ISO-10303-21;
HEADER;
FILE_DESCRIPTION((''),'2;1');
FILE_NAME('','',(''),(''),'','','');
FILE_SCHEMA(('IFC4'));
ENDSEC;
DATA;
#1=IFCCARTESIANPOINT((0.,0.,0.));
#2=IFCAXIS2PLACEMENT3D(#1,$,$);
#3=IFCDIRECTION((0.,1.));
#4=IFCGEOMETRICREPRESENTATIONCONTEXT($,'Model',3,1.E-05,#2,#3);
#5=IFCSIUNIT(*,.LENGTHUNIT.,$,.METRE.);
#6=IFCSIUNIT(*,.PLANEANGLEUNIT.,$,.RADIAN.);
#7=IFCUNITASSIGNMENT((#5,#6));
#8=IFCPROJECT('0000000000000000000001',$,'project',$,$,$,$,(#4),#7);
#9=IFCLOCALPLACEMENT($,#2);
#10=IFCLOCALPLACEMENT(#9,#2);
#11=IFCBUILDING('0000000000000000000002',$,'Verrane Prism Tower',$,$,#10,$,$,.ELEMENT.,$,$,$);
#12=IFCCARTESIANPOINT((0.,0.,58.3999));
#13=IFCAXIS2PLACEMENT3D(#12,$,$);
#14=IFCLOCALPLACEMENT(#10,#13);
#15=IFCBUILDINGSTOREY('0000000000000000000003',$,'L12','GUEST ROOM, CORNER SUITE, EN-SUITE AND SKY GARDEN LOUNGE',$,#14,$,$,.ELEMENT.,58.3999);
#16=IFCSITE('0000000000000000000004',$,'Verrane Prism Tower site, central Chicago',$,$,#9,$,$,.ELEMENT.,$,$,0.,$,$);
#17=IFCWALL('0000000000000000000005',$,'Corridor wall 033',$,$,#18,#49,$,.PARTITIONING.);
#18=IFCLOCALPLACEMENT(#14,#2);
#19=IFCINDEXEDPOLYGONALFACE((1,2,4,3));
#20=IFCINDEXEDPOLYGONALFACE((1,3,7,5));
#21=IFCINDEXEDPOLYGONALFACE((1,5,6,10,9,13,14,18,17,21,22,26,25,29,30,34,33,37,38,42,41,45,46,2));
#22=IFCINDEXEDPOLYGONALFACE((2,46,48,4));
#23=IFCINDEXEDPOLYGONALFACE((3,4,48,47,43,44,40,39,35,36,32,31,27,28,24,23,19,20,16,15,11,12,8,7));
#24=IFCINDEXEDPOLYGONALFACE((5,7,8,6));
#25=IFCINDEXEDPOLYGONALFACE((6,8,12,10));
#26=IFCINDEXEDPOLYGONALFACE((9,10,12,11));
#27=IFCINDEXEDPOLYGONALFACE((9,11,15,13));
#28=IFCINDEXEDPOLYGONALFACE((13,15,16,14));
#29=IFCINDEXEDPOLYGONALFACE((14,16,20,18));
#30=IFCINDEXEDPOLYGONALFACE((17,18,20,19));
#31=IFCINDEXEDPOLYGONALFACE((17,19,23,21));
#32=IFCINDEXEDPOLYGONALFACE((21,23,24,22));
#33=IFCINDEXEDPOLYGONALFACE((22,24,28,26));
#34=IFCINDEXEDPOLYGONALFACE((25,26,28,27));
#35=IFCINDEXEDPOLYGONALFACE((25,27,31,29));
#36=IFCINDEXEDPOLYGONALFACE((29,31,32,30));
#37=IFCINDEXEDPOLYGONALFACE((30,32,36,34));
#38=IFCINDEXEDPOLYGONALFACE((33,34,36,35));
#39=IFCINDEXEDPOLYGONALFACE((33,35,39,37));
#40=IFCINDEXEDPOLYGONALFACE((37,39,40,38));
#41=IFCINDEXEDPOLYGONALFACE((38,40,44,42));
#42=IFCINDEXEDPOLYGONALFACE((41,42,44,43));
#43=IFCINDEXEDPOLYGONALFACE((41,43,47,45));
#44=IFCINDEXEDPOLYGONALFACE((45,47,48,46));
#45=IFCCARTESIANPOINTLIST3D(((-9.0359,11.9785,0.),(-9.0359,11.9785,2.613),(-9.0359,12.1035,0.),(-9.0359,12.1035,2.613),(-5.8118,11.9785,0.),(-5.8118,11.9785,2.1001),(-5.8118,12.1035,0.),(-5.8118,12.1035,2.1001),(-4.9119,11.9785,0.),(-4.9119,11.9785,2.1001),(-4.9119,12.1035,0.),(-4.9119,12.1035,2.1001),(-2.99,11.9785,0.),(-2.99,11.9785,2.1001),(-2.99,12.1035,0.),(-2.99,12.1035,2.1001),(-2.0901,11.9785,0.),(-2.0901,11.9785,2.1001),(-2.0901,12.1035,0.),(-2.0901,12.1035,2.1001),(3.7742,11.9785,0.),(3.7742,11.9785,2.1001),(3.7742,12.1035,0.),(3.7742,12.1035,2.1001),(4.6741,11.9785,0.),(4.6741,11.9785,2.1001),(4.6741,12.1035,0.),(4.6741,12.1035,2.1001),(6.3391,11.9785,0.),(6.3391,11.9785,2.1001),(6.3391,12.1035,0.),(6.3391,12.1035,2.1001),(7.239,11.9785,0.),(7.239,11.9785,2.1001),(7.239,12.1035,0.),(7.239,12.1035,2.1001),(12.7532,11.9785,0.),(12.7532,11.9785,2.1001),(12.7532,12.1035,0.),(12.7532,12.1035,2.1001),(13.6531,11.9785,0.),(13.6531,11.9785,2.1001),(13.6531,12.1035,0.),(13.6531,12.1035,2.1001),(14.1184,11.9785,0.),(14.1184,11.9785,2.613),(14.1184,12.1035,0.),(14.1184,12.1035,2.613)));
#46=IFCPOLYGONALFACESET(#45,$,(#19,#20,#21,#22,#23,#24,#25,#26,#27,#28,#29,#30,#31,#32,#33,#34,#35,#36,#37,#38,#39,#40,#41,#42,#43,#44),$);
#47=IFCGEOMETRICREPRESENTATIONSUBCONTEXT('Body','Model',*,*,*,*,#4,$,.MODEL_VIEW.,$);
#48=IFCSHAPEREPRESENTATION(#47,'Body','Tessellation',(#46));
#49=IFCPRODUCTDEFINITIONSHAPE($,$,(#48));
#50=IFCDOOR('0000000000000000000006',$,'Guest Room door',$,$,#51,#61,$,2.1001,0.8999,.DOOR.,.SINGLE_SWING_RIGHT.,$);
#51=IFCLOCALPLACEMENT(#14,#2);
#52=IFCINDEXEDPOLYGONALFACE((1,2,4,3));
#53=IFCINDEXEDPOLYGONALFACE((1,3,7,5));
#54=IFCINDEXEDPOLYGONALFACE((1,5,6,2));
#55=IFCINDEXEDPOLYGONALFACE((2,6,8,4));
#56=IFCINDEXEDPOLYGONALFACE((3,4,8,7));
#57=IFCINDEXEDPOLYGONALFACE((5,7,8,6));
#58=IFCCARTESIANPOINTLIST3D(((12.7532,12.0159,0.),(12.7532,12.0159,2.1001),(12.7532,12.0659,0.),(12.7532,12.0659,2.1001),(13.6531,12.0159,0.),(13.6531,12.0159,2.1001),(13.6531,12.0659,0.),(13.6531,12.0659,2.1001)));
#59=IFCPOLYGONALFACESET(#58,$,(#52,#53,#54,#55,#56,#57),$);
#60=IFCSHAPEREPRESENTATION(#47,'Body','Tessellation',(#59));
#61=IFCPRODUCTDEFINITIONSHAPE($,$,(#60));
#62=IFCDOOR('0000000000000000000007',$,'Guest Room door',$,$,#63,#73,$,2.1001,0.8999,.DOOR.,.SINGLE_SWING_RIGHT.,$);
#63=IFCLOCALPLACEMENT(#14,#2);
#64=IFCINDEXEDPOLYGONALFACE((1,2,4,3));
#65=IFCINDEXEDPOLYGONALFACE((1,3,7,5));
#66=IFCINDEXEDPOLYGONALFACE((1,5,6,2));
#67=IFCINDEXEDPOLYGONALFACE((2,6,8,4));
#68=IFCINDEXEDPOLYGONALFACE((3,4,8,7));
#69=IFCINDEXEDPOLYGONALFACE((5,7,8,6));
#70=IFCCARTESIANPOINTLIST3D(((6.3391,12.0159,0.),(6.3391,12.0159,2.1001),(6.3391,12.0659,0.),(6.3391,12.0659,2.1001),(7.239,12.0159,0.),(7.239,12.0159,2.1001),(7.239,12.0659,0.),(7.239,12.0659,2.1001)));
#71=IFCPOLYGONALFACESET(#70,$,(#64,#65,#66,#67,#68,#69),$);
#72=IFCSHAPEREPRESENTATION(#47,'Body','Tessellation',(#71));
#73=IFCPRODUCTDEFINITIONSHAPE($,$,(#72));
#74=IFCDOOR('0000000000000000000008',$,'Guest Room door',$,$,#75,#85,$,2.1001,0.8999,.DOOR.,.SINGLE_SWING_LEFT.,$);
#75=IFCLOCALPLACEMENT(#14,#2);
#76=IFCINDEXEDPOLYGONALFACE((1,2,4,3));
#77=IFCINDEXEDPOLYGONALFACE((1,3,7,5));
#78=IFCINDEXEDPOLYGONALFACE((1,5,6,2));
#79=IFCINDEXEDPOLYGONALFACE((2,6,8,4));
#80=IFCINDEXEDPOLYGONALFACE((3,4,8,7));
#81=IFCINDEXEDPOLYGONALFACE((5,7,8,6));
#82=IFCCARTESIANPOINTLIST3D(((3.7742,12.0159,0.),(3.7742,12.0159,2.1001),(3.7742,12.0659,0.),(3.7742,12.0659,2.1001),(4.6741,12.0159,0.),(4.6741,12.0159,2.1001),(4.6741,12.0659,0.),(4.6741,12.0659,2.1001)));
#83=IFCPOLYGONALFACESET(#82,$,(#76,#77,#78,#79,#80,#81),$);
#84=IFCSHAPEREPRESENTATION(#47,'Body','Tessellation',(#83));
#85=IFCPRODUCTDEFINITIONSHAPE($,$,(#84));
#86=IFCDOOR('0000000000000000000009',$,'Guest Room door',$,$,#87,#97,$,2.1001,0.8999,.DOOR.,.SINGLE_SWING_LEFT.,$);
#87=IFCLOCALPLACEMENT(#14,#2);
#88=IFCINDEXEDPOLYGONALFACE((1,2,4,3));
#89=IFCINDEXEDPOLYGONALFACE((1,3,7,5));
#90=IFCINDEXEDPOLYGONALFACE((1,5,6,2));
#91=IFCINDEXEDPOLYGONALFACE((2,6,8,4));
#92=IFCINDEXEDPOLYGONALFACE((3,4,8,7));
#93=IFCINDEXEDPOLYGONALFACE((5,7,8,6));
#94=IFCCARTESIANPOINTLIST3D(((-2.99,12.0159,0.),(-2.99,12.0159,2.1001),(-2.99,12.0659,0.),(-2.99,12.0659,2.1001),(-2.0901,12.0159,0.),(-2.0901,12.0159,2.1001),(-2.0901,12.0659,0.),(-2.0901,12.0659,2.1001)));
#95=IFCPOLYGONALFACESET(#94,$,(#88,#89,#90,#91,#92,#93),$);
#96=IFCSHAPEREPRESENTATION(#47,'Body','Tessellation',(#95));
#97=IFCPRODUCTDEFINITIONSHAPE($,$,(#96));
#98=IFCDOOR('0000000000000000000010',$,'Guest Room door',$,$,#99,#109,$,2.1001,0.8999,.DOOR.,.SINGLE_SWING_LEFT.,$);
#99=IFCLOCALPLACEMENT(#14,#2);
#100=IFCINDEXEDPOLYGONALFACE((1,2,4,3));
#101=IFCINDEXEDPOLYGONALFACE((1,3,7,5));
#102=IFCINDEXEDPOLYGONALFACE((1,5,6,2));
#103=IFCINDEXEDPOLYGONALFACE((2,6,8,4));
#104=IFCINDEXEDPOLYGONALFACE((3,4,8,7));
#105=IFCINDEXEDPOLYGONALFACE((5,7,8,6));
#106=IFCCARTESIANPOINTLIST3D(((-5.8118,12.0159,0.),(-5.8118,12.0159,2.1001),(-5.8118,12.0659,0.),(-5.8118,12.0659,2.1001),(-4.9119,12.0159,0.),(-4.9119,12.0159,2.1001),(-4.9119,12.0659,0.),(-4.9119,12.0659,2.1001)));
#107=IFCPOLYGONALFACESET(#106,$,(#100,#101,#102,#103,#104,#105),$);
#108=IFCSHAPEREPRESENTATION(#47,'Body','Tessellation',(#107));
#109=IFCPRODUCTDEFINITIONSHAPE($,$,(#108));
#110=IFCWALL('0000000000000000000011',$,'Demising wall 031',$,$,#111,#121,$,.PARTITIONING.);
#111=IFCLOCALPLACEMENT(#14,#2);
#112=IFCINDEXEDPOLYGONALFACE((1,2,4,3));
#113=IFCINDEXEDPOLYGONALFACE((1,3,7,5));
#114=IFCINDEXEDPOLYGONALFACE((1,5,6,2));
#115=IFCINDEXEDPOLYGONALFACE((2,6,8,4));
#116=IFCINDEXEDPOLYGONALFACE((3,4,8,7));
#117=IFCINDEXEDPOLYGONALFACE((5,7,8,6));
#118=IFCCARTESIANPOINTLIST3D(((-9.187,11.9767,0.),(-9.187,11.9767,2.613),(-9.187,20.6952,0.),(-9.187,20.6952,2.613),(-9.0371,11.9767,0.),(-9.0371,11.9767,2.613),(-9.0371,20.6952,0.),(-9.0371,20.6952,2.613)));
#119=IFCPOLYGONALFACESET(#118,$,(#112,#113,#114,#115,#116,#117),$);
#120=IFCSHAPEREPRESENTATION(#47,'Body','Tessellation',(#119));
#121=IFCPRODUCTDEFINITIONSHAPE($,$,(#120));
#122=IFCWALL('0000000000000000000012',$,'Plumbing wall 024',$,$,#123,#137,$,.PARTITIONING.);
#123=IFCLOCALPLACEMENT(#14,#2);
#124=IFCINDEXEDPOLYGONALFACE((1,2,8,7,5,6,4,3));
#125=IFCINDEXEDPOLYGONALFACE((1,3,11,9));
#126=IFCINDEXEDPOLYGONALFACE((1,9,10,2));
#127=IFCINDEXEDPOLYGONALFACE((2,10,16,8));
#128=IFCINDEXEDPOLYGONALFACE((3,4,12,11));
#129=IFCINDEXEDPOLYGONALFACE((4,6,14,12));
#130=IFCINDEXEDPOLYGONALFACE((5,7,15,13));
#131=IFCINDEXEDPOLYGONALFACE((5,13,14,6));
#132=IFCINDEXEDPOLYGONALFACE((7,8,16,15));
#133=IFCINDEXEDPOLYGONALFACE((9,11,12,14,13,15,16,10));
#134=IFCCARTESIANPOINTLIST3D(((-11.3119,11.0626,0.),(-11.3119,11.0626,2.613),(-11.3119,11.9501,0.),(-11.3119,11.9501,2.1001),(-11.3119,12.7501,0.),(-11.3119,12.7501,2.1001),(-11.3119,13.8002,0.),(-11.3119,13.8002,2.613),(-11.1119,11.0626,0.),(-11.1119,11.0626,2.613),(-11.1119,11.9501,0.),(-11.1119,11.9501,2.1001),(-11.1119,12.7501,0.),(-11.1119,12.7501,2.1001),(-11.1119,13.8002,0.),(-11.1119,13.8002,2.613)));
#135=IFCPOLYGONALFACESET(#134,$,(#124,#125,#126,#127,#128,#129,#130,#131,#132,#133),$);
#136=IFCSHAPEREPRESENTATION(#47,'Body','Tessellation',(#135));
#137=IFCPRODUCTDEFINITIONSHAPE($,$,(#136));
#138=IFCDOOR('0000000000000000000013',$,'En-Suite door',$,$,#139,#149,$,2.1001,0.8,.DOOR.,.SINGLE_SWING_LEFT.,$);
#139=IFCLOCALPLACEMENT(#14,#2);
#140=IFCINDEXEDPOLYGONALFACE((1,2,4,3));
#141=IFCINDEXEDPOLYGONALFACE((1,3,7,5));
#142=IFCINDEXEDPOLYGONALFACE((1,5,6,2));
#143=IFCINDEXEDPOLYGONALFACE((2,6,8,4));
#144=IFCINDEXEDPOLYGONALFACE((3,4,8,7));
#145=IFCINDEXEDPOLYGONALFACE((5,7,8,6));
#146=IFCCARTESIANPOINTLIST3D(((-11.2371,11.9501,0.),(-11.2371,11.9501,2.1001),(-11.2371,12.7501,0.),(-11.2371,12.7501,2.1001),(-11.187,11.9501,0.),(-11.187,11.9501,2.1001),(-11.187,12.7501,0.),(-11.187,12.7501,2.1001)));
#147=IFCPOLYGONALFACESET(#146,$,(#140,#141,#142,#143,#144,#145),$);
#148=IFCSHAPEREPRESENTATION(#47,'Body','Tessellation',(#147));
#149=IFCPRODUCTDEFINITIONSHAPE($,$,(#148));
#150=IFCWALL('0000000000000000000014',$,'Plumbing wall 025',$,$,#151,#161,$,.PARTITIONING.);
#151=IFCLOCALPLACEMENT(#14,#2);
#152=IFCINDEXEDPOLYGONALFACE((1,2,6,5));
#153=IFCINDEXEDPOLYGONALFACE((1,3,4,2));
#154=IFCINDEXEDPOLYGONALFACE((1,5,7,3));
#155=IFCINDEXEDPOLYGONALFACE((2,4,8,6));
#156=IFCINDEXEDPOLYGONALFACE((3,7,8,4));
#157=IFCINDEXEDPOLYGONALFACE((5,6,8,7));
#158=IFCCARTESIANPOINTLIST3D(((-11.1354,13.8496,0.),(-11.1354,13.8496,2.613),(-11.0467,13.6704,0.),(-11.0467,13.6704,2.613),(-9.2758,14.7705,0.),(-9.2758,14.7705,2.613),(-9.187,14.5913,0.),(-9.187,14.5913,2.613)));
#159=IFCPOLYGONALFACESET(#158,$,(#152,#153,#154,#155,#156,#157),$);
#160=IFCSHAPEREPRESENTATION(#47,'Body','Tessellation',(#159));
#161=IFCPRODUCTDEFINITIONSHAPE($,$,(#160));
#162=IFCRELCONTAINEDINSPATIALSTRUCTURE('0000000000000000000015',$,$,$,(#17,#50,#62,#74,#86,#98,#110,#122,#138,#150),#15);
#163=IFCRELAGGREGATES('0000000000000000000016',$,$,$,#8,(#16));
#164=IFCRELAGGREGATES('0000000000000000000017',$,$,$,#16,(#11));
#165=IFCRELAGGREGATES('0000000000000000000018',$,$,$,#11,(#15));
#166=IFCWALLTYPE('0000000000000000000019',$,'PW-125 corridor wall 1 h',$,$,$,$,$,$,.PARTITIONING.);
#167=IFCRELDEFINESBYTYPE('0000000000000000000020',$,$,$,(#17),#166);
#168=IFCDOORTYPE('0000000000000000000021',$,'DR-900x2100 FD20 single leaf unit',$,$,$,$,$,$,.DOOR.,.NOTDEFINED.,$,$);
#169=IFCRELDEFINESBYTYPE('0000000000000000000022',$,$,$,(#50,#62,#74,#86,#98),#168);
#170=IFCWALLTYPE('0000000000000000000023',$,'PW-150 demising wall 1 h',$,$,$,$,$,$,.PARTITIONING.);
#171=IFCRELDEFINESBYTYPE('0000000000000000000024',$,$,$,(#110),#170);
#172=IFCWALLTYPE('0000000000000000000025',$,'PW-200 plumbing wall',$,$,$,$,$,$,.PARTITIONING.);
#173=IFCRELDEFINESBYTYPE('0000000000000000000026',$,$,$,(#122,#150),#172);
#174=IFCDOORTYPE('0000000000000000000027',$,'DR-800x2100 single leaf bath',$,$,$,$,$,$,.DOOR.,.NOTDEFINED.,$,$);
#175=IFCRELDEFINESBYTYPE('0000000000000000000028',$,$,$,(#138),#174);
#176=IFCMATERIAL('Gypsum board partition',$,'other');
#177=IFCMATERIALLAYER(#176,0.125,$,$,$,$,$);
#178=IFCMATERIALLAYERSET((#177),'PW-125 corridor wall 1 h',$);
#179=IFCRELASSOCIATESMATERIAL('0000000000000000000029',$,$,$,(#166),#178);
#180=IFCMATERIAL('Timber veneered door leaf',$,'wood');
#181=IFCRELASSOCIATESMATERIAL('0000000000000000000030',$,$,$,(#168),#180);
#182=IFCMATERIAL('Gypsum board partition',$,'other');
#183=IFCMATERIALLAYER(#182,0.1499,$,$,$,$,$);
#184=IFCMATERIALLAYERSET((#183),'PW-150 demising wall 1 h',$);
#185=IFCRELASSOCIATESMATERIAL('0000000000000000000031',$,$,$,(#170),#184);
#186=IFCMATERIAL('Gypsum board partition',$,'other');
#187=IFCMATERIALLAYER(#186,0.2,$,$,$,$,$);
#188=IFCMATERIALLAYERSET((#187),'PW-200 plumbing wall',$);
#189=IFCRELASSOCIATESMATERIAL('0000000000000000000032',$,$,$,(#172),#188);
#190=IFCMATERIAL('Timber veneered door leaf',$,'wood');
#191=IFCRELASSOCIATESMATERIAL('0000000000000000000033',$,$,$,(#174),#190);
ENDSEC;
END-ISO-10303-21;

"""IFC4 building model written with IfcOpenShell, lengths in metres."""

from ifc_helpers import new_model, si_unit, direction, frame, frame_2d, origin, place, context, subcontext, project, spatial, rectangle, extrude, material, layer, layer_set, type_object, element, fill, save


model = new_model("IFC4")

# Units and contexts
model_context = context("Model", 3, precision=1e-05, world=origin(), true_north=direction((0.0, 1.0)))
body_context = subcontext(model_context, "Body", "Model", "MODEL_VIEW")
ifc_project = project(units=[si_unit("LENGTHUNIT", "METRE"), si_unit("PLANEANGLEUNIT", "RADIAN")], contexts=[model_context])

# Site, building, storey
site_placement = place(None, origin())
site = spatial("IfcSite", under=ifc_project, at=site_placement, Name="Verrane Prism Tower site, central Chicago", CompositionType="ELEMENT", RefElevation=0.0)
building_placement = place(site_placement, origin())
building = spatial("IfcBuilding", under=site, at=building_placement, Name="Verrane Prism Tower", CompositionType="ELEMENT")
storey_placement = place(building_placement, frame((0.0, 0.0, 58.3999)))
storey = spatial("IfcBuildingStorey", under=building, at=storey_placement, Name="L12", Description="GUEST ROOM, CORNER SUITE, EN-SUITE AND SKY GARDEN LOUNGE", CompositionType="ELEMENT", Elevation=58.3999)

# Shared definitions
ifc_material_1 = material(Name="Gypsum board partition", Category="other")
ifc_layer_1 = layer(ifc_material_1, 0.125)
ifc_layer_set_1 = layer_set([ifc_layer_1], Name="PW-125 corridor wall 1 h")
wall_type_1 = type_object("IfcWallType", Name="PW-125 corridor wall 1 h", PredefinedType="PARTITIONING", material=ifc_layer_set_1)

# Wall, openings, doors
wall_1_placement = place(storey_placement, frame((-9.0359, 12.041, 0.0), z_axis=(0.0, 0.0, 1.0), x_axis=(1.0, 0.0, 0.0)))
wall_1 = element("IfcWall", 1, at=wall_1_placement, inside=storey, type_object=wall_type_1, Name="Corridor wall 033", PredefinedType="PARTITIONING", context=body_context, shape_type="SweptSolid", body=[
    extrude(rectangle(XDim=23.1543, YDim=0.125, at=frame_2d((11.5771, 0.0))), origin(), (0.0, 0.0, 1.0), 2.613),
])
opening_1_placement = place(wall_1_placement, frame((21.7891, 0.0, 0.0)))
opening_1 = element("IfcOpeningElement", 2, at=opening_1_placement, cuts=wall_1, PredefinedType="OPENING", context=body_context, shape_type="SweptSolid", body=[
    extrude(rectangle(XDim=0.8999, YDim=2.1001, at=frame_2d((0.45, 1.05))), frame((0.0, 0.0725, 0.0), z_axis=(0.0, -1.0, 0.0), x_axis=(1.0, 0.0, 0.0)), (0.0, 0.0, 1.0), 0.145),
])
opening_2_placement = place(wall_1_placement, frame((15.375, 0.0, 0.0)))
opening_2 = element("IfcOpeningElement", 3, at=opening_2_placement, cuts=wall_1, PredefinedType="OPENING", context=body_context, shape_type="SweptSolid", body=[
    extrude(rectangle(XDim=0.8999, YDim=2.1001, at=frame_2d((0.45, 1.05))), frame((0.0, 0.0725, 0.0), z_axis=(0.0, -1.0, 0.0), x_axis=(1.0, 0.0, 0.0)), (0.0, 0.0, 1.0), 0.145),
])
opening_3_placement = place(wall_1_placement, frame((12.8101, 0.0, 0.0)))
opening_3 = element("IfcOpeningElement", 4, at=opening_3_placement, cuts=wall_1, PredefinedType="OPENING", context=body_context, shape_type="SweptSolid", body=[
    extrude(rectangle(XDim=0.8999, YDim=2.1001, at=frame_2d((0.45, 1.05))), frame((0.0, 0.0725, 0.0), z_axis=(0.0, -1.0, 0.0), x_axis=(1.0, 0.0, 0.0)), (0.0, 0.0, 1.0), 0.145),
])
opening_4_placement = place(wall_1_placement, frame((6.0459, 0.0, 0.0)))
opening_4 = element("IfcOpeningElement", 5, at=opening_4_placement, cuts=wall_1, PredefinedType="OPENING", context=body_context, shape_type="SweptSolid", body=[
    extrude(rectangle(XDim=0.8999, YDim=2.1001, at=frame_2d((0.45, 1.05))), frame((0.0, 0.0725, 0.0), z_axis=(0.0, -1.0, 0.0), x_axis=(1.0, 0.0, 0.0)), (0.0, 0.0, 1.0), 0.145),
])
opening_5_placement = place(wall_1_placement, frame((3.2241, 0.0, 0.0)))
opening_5 = element("IfcOpeningElement", 6, at=opening_5_placement, cuts=wall_1, PredefinedType="OPENING", context=body_context, shape_type="SweptSolid", body=[
    extrude(rectangle(XDim=0.8999, YDim=2.1001, at=frame_2d((0.45, 1.05))), frame((0.0, 0.0725, 0.0), z_axis=(0.0, -1.0, 0.0), x_axis=(1.0, 0.0, 0.0)), (0.0, 0.0, 1.0), 0.145),
])
ifc_material_2 = material(Name="Timber veneered door leaf", Category="wood")
door_type_1 = type_object("IfcDoorType", Name="DR-900x2100 FD20 single leaf unit", OperationType="NOTDEFINED", PredefinedType="DOOR", material=ifc_material_2)
door_1_placement = place(opening_1_placement, origin())
door_1 = element("IfcDoor", 7, at=door_1_placement, inside=storey, type_object=door_type_1, Name="Guest Room door", OperationType="SINGLE_SWING_RIGHT", OverallHeight=2.1001, OverallWidth=0.8999, PredefinedType="DOOR", context=body_context, shape_type="SweptSolid", body=[
    extrude(rectangle(XDim=0.8999, YDim=2.1001, at=frame_2d((0.45, 1.05))), frame((0.0, 0.0249, 0.0), z_axis=(0.0, -1.0, 0.0), x_axis=(1.0, 0.0, 0.0)), (0.0, 0.0, 1.0), 0.05),
])
fill(opening_1, door_1)
door_2_placement = place(opening_2_placement, origin())
door_2 = element("IfcDoor", 8, at=door_2_placement, inside=storey, type_object=door_type_1, Name="Guest Room door", OperationType="SINGLE_SWING_RIGHT", OverallHeight=2.1001, OverallWidth=0.8999, PredefinedType="DOOR", context=body_context, shape_type="SweptSolid", body=[
    extrude(rectangle(XDim=0.8999, YDim=2.1001, at=frame_2d((0.45, 1.05))), frame((0.0, 0.0249, 0.0), z_axis=(0.0, -1.0, 0.0), x_axis=(1.0, 0.0, 0.0)), (0.0, 0.0, 1.0), 0.05),
])
fill(opening_2, door_2)
door_3_placement = place(opening_3_placement, origin())
door_3 = element("IfcDoor", 9, at=door_3_placement, inside=storey, type_object=door_type_1, Name="Guest Room door", OperationType="SINGLE_SWING_LEFT", OverallHeight=2.1001, OverallWidth=0.8999, PredefinedType="DOOR", context=body_context, shape_type="SweptSolid", body=[
    extrude(rectangle(XDim=0.8999, YDim=2.1001, at=frame_2d((0.45, 1.05))), frame((0.0, 0.0249, 0.0), z_axis=(0.0, -1.0, 0.0), x_axis=(1.0, 0.0, 0.0)), (0.0, 0.0, 1.0), 0.05),
])
fill(opening_3, door_3)
door_4_placement = place(opening_4_placement, origin())
door_4 = element("IfcDoor", 10, at=door_4_placement, inside=storey, type_object=door_type_1, Name="Guest Room door", OperationType="SINGLE_SWING_LEFT", OverallHeight=2.1001, OverallWidth=0.8999, PredefinedType="DOOR", context=body_context, shape_type="SweptSolid", body=[
    extrude(rectangle(XDim=0.8999, YDim=2.1001, at=frame_2d((0.45, 1.05))), frame((0.0, 0.0249, 0.0), z_axis=(0.0, -1.0, 0.0), x_axis=(1.0, 0.0, 0.0)), (0.0, 0.0, 1.0), 0.05),
])
fill(opening_4, door_4)
door_5_placement = place(opening_5_placement, origin())
door_5 = element("IfcDoor", 11, at=door_5_placement, inside=storey, type_object=door_type_1, Name="Guest Room door", OperationType="SINGLE_SWING_LEFT", OverallHeight=2.1001, OverallWidth=0.8999, PredefinedType="DOOR", context=body_context, shape_type="SweptSolid", body=[
    extrude(rectangle(XDim=0.8999, YDim=2.1001, at=frame_2d((0.45, 1.05))), frame((0.0, 0.0249, 0.0), z_axis=(0.0, -1.0, 0.0), x_axis=(1.0, 0.0, 0.0)), (0.0, 0.0, 1.0), 0.05),
])
fill(opening_5, door_5)

# Wall
ifc_material_3 = material(Name="Gypsum board partition", Category="other")
ifc_layer_2 = layer(ifc_material_3, 0.1499)
ifc_layer_set_2 = layer_set([ifc_layer_2], Name="PW-150 demising wall 1 h")
wall_type_2 = type_object("IfcWallType", Name="PW-150 demising wall 1 h", PredefinedType="PARTITIONING", material=ifc_layer_set_2)
wall_2_placement = place(storey_placement, frame((-9.1121, 11.9766, 0.0), z_axis=(0.0, 0.0, 1.0), x_axis=(0.0, 1.0, 0.0)))
element("IfcWall", 12, at=wall_2_placement, inside=storey, type_object=wall_type_2, Name="Demising wall 031", PredefinedType="PARTITIONING", context=body_context, shape_type="SweptSolid", body=[
    extrude(rectangle(XDim=8.7185, YDim=0.1499, at=frame_2d((4.3594, 0.0))), origin(), (0.0, 0.0, 1.0), 2.613),
])

# Wall, opening, door
ifc_material_4 = material(Name="Gypsum board partition", Category="other")
ifc_layer_3 = layer(ifc_material_4, 0.2)
ifc_layer_set_3 = layer_set([ifc_layer_3], Name="PW-200 plumbing wall")
wall_type_3 = type_object("IfcWallType", Name="PW-200 plumbing wall", PredefinedType="PARTITIONING", material=ifc_layer_set_3)
wall_3_placement = place(storey_placement, frame((-11.2119, 13.8, 0.0), z_axis=(0.0, 0.0, 1.0), x_axis=(0.0, -1.0, 0.0)))
wall_3 = element("IfcWall", 13, at=wall_3_placement, inside=storey, type_object=wall_type_3, Name="Plumbing wall 024", PredefinedType="PARTITIONING", context=body_context, shape_type="SweptSolid", body=[
    extrude(rectangle(XDim=2.7375, YDim=0.2, at=frame_2d((1.3687, 0.0))), origin(), (0.0, 0.0, 1.0), 2.613),
])
opening_6_placement = place(wall_3_placement, frame((1.05, 0.0, 0.0)))
opening_6 = element("IfcOpeningElement", 14, at=opening_6_placement, cuts=wall_3, PredefinedType="OPENING", context=body_context, shape_type="SweptSolid", body=[
    extrude(rectangle(XDim=0.8, YDim=2.1001, at=frame_2d((0.3999, 1.05))), frame((0.0, 0.1099, 0.0), z_axis=(0.0, -1.0, 0.0), x_axis=(1.0, 0.0, 0.0)), (0.0, 0.0, 1.0), 0.22),
])
ifc_material_5 = material(Name="Timber veneered door leaf", Category="wood")
door_type_2 = type_object("IfcDoorType", Name="DR-800x2100 single leaf bath", OperationType="NOTDEFINED", PredefinedType="DOOR", material=ifc_material_5)
door_6_placement = place(opening_6_placement, origin())
door_6 = element("IfcDoor", 15, at=door_6_placement, inside=storey, type_object=door_type_2, Name="En-Suite door", OperationType="SINGLE_SWING_LEFT", OverallHeight=2.1001, OverallWidth=0.8, PredefinedType="DOOR", context=body_context, shape_type="SweptSolid", body=[
    extrude(rectangle(XDim=0.8, YDim=2.1001, at=frame_2d((0.3999, 1.05))), frame((0.0, 0.0249, 0.0), z_axis=(0.0, -1.0, 0.0), x_axis=(1.0, 0.0, 0.0)), (0.0, 0.0, 1.0), 0.05),
])
fill(opening_6, door_6)

# Wall
wall_4_placement = place(storey_placement, frame((-11.0911, 13.76, 0.0), z_axis=(0.0, 0.0, 1.0), x_axis=(0.896138, 0.443775, 0.0)))
element("IfcWall", 16, at=wall_4_placement, inside=storey, type_object=wall_type_3, Name="Plumbing wall 025", PredefinedType="PARTITIONING", context=body_context, shape_type="SweptSolid", body=[
    extrude(rectangle(XDim=2.0752, YDim=0.2, at=frame_2d((1.0376, 0.0))), origin(), (0.0, 0.0, 1.0), 2.613),
])

save(model, "model.ifc")
